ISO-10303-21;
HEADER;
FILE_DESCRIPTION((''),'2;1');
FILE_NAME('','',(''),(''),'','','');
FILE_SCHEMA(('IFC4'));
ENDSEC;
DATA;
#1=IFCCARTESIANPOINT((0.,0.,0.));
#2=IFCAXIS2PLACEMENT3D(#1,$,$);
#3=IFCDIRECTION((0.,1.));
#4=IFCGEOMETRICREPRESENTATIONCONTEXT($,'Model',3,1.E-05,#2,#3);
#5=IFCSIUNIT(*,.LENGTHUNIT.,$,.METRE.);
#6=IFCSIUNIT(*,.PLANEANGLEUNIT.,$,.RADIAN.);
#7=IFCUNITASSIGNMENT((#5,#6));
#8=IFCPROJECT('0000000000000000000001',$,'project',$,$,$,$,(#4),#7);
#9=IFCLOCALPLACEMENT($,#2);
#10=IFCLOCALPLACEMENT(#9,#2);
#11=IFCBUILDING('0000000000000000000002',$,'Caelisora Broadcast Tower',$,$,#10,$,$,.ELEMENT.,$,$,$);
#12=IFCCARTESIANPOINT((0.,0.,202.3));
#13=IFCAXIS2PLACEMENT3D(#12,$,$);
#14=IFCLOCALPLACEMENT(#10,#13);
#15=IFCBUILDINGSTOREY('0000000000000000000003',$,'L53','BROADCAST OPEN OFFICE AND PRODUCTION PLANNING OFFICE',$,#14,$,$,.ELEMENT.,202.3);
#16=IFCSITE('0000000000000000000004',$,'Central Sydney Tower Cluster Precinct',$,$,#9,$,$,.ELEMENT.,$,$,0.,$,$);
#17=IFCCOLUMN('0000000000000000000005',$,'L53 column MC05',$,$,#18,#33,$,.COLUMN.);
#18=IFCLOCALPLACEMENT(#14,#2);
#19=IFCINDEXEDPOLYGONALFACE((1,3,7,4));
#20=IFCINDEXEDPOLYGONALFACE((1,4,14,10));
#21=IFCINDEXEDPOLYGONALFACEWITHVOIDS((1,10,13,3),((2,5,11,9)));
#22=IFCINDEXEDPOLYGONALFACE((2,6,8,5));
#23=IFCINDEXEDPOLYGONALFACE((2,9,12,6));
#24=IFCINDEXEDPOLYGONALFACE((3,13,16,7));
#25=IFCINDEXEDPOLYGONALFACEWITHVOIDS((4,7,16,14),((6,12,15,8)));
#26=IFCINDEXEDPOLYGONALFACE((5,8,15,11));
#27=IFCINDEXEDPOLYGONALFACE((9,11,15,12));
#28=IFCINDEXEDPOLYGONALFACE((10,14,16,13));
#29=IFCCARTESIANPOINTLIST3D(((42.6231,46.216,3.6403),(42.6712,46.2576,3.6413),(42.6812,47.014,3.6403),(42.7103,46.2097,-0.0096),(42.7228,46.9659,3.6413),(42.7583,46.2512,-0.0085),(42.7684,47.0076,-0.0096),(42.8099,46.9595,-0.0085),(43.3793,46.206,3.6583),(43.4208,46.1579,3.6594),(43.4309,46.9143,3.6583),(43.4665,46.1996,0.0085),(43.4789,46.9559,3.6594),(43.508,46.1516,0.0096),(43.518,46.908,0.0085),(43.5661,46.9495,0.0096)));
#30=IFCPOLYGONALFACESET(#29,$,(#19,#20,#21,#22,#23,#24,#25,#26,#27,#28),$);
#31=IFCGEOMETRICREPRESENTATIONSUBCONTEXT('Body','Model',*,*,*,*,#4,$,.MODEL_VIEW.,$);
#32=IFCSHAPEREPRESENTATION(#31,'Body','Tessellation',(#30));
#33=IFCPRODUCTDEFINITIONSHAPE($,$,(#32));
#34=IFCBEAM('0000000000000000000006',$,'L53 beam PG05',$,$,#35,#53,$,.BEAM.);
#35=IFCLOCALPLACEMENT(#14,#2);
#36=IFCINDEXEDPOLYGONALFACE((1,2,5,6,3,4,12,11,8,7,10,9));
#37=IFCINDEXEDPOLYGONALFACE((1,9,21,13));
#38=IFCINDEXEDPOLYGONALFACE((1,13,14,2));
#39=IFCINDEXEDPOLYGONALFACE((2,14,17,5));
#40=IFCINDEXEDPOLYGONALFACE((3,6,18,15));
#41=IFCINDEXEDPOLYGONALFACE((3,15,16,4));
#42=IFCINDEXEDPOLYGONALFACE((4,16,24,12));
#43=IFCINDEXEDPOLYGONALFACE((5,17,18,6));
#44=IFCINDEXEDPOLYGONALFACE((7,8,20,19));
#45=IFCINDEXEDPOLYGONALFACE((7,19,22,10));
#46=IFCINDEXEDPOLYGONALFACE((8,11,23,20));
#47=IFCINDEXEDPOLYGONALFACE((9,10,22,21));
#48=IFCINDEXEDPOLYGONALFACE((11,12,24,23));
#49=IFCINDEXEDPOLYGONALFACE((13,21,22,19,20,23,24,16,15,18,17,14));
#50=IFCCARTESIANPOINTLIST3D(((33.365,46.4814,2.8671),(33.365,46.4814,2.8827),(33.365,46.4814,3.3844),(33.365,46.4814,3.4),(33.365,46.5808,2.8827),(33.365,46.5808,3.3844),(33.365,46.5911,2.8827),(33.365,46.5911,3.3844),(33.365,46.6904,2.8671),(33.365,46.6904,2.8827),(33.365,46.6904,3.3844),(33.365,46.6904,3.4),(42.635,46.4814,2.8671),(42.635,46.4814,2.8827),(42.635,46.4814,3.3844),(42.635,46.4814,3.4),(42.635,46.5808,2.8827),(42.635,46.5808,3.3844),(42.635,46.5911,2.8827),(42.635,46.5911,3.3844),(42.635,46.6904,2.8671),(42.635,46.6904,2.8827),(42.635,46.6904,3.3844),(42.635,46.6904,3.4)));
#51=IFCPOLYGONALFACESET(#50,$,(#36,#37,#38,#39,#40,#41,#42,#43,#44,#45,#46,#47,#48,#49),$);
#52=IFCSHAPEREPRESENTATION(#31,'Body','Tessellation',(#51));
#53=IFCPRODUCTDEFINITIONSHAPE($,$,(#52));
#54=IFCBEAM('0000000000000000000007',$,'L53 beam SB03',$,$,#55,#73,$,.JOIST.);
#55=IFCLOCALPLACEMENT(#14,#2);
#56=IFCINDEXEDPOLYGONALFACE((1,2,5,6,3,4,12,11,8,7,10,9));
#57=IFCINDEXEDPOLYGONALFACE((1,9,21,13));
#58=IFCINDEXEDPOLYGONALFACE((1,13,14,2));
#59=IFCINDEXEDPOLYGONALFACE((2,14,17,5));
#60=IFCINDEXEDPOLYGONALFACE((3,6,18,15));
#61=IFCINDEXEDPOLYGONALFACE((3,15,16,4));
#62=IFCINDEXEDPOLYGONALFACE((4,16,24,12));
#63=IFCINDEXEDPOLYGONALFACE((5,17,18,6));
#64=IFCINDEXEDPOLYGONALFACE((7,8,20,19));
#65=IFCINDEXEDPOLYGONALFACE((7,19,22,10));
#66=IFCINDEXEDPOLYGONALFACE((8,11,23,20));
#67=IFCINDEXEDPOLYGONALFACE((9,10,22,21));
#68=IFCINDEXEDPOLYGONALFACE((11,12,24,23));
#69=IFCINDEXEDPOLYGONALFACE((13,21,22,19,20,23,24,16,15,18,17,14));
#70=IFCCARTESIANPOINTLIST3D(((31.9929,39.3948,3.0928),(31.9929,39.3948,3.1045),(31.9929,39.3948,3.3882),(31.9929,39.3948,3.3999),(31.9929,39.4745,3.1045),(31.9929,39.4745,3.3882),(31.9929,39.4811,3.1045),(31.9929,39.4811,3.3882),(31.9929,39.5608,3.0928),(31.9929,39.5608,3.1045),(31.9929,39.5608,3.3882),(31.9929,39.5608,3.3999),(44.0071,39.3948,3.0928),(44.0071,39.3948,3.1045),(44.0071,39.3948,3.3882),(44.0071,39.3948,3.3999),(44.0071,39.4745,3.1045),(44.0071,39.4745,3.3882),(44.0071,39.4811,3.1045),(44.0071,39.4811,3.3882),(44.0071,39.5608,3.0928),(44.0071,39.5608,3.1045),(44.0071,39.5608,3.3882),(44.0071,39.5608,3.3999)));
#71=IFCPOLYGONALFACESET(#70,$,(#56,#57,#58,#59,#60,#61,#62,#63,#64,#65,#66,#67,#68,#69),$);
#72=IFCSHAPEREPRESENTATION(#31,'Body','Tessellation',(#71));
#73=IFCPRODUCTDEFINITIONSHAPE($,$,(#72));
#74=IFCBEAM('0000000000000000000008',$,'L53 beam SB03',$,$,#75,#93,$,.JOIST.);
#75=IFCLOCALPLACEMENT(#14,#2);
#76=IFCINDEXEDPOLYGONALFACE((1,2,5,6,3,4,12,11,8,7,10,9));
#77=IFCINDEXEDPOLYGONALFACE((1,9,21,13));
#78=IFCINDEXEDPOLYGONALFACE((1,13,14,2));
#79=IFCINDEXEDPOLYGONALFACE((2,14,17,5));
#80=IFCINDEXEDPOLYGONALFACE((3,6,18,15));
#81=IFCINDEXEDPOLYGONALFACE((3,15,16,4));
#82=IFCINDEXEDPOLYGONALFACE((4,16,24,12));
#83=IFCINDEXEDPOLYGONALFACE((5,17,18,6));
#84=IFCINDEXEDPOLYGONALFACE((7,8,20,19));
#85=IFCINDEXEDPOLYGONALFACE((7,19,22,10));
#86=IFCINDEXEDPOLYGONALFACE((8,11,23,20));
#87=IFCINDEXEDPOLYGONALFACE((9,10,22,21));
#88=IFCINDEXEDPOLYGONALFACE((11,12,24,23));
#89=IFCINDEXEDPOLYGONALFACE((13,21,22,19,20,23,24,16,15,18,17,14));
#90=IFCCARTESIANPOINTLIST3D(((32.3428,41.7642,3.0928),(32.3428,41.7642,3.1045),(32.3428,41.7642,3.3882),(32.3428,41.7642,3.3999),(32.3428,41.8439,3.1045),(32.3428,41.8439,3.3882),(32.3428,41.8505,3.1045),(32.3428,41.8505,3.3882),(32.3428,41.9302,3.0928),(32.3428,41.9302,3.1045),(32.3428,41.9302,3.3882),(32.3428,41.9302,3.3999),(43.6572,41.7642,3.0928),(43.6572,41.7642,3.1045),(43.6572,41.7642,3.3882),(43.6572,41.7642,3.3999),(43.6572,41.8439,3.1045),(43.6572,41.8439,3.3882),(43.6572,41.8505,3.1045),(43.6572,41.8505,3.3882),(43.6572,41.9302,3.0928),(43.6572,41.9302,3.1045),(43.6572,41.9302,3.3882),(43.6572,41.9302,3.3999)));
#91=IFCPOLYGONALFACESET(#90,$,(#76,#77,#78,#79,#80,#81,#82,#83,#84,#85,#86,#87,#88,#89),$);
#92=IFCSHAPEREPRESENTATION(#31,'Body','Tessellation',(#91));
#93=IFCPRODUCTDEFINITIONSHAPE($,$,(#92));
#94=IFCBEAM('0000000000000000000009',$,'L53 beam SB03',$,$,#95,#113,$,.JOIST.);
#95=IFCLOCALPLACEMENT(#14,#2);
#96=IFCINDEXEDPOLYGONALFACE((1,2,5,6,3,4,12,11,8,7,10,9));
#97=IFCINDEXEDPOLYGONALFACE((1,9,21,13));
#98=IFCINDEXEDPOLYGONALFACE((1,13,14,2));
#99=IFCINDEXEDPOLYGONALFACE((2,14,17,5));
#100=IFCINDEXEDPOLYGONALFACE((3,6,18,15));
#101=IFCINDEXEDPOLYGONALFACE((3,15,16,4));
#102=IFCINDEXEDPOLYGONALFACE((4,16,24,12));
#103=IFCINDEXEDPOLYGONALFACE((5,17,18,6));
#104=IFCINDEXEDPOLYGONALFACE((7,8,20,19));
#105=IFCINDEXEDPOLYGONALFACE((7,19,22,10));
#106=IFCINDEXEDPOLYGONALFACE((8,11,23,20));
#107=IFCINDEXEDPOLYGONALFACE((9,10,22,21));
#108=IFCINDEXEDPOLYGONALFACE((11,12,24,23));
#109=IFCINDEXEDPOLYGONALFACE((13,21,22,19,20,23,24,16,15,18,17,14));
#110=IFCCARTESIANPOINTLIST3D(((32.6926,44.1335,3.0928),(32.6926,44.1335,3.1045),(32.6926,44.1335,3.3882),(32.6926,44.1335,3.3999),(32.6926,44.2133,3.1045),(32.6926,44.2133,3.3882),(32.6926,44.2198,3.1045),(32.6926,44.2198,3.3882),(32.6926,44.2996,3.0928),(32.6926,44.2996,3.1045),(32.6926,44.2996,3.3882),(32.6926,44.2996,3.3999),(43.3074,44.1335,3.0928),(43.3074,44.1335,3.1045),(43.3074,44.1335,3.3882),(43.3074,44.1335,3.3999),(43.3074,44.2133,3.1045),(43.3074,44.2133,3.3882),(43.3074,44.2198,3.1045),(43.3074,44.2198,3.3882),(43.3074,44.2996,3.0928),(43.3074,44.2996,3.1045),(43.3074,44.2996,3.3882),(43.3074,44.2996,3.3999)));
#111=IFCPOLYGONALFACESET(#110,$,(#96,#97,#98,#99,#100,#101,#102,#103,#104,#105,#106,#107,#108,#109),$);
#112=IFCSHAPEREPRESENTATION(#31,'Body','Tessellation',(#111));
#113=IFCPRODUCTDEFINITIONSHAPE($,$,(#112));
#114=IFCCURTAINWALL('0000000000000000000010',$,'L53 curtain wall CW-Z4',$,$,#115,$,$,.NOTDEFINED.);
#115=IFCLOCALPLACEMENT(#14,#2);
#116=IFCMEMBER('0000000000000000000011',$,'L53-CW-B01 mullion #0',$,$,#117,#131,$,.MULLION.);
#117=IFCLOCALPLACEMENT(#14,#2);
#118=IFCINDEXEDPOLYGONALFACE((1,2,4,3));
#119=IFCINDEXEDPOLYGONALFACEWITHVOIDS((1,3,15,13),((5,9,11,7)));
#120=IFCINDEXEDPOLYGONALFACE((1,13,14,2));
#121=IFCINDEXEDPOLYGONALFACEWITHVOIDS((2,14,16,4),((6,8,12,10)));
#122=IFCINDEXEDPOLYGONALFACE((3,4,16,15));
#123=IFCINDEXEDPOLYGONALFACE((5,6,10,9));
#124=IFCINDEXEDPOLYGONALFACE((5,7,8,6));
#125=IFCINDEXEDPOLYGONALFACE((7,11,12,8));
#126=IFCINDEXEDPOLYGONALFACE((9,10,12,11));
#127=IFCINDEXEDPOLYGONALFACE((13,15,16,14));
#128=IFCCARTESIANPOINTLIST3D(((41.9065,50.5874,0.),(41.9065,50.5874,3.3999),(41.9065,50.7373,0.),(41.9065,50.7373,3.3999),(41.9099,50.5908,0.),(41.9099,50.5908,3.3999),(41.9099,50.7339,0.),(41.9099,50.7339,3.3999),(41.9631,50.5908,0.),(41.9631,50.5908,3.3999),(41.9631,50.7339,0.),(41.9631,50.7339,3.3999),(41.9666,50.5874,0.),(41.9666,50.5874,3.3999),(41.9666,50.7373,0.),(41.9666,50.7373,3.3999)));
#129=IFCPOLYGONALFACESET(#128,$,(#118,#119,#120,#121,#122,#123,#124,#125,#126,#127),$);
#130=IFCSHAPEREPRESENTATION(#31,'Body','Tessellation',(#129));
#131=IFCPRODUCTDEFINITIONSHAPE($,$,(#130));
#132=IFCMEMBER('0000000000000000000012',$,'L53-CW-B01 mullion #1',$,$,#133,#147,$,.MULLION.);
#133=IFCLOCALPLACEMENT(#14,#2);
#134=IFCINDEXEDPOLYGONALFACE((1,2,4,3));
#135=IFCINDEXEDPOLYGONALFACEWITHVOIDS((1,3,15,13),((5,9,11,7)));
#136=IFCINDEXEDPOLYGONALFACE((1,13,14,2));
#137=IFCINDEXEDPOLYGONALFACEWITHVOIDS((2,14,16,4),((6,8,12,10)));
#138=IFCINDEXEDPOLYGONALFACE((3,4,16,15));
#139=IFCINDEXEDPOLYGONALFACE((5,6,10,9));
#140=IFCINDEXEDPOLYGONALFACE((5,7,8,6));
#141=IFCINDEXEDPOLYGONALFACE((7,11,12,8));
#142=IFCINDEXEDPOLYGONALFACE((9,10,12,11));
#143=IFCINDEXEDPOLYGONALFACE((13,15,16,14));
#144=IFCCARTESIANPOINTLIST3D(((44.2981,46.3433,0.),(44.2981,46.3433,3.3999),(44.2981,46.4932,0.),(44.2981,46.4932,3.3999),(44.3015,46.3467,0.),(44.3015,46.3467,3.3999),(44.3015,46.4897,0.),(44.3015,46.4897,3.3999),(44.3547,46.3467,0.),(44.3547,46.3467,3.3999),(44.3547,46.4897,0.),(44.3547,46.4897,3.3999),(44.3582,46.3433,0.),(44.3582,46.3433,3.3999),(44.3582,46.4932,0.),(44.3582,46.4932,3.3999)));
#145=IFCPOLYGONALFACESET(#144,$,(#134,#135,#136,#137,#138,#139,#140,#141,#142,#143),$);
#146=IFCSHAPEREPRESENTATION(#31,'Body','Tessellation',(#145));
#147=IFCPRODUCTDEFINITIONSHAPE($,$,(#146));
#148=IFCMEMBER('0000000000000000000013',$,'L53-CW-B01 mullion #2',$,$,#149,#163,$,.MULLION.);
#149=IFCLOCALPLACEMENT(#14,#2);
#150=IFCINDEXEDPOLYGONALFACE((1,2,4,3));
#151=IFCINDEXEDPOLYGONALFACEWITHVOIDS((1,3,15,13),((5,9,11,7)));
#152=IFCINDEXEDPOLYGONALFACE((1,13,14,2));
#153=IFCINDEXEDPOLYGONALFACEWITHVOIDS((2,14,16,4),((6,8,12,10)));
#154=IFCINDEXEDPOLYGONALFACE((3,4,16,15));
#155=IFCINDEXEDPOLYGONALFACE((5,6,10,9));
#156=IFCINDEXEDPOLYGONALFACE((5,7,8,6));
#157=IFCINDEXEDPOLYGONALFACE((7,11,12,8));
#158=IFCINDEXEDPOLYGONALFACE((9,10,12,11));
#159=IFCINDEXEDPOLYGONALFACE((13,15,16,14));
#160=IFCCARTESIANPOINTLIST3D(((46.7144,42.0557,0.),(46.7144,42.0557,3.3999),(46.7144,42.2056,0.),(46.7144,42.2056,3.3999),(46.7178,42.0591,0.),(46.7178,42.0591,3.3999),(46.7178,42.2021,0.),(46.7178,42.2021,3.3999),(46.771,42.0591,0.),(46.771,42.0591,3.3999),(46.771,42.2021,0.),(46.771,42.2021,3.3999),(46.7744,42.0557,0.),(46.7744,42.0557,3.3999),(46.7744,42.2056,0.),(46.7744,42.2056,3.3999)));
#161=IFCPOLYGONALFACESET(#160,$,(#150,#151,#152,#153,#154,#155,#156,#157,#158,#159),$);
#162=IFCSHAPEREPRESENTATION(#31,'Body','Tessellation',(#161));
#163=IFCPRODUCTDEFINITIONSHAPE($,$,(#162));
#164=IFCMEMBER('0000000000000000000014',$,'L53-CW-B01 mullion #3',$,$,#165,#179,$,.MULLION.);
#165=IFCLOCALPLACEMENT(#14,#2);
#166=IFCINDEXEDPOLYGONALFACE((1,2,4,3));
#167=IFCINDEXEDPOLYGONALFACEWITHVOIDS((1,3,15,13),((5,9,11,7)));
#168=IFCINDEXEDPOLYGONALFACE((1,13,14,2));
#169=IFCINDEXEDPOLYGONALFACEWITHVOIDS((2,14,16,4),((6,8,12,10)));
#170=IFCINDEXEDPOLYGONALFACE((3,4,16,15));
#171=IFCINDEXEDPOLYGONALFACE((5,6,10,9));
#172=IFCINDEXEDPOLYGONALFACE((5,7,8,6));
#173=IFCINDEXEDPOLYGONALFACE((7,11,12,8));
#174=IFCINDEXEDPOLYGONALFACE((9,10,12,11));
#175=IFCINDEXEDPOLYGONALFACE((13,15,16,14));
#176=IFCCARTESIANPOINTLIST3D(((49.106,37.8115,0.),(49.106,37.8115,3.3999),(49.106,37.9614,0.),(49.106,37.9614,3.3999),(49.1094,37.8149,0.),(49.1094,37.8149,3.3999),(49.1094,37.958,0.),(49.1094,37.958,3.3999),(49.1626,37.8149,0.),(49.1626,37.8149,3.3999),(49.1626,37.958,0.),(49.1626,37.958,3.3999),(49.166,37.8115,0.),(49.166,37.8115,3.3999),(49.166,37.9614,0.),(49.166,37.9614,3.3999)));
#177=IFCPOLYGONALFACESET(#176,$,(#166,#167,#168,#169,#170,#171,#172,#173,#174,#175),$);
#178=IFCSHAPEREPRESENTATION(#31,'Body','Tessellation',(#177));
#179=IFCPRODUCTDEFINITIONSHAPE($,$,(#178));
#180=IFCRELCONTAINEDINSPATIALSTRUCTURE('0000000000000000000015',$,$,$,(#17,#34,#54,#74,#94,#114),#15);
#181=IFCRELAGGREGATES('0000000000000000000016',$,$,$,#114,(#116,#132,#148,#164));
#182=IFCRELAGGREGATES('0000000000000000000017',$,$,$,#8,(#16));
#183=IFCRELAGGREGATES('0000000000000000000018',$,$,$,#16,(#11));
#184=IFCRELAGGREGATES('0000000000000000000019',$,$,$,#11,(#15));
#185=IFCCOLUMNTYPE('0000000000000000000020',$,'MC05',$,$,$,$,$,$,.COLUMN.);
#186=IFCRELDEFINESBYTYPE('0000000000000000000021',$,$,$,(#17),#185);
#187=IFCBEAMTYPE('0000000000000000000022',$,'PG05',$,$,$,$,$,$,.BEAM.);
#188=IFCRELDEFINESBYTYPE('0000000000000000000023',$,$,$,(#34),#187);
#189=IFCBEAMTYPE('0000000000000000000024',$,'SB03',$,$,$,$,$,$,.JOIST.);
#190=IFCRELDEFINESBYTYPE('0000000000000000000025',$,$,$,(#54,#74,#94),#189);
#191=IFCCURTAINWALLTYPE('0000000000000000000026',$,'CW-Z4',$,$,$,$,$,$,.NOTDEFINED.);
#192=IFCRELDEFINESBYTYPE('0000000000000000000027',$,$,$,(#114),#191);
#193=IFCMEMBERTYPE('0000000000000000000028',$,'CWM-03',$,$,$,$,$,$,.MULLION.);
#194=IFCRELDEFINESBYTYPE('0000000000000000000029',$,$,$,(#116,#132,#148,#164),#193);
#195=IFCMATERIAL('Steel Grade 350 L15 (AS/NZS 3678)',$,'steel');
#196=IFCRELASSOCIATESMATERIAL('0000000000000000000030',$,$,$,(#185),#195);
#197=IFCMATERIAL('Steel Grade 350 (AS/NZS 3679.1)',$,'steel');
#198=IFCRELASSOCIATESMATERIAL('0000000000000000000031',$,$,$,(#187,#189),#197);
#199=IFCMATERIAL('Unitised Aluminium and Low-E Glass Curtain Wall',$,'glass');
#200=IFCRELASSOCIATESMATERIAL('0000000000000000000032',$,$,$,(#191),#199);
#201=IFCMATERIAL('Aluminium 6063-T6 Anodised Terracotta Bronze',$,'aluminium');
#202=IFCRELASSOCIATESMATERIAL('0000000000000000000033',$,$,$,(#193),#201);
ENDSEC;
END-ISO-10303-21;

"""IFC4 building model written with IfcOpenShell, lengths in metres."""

from ifc_helpers import new_model, si_unit, direction, frame, origin, origin_2d, place, context, subcontext, project, spatial, hollow_rectangle, i_section, extrude, source, transform, mapped, material, material_profile, profile_set, type_object, type_shapes, element, aggregate, save


model = new_model("IFC4")

# Units and contexts
model_context = context("Model", 3, precision=1e-05, world=origin(), true_north=direction((0.0, 1.0)))
body_context = subcontext(model_context, "Body", "Model", "MODEL_VIEW")
ifc_project = project(units=[si_unit("LENGTHUNIT", "METRE"), si_unit("PLANEANGLEUNIT", "RADIAN")], contexts=[model_context])

# Site, building, storey
site_placement = place(None, origin())
site = spatial("IfcSite", under=ifc_project, at=site_placement, Name="Central Sydney Tower Cluster Precinct", CompositionType="ELEMENT", RefElevation=0.0)
building_placement = place(site_placement, origin())
building = spatial("IfcBuilding", under=site, at=building_placement, Name="Caelisora Broadcast Tower", CompositionType="ELEMENT")
storey_placement = place(building_placement, frame((0.0, 0.0, 202.3)))
storey = spatial("IfcBuildingStorey", under=building, at=storey_placement, Name="L53", Description="BROADCAST OPEN OFFICE AND PRODUCTION PLANNING OFFICE", CompositionType="ELEMENT", Elevation=202.3)

# Column
ifc_material_1 = material(Name="Steel Grade 350 L15 (AS/NZS 3678)", Category="steel")
ifc_material_profile_1 = material_profile(ifc_material_1, hollow_rectangle(XDim=0.8, YDim=0.8, WallThickness=0.0449, at=origin_2d()), Name="Steel Grade 350 L15 (AS/NZS 3678)")
ifc_profile_set_1 = profile_set([ifc_material_profile_1], Name="Steel Grade 350 L15 (AS/NZS 3678)")
column_type = type_object("IfcColumnType", Name="MC05", PredefinedType="COLUMN", material=ifc_profile_set_1)
shared_shape_1 = source(origin(), body_context, "Body", "SweptSolid", [
    extrude(hollow_rectangle(XDim=0.8, YDim=0.8, WallThickness=0.0449, at=origin_2d()), origin(), (0.0, 0.0, 1.0), 3.6509),
])
type_shapes(column_type, [shared_shape_1])
column_placement = place(storey_placement, frame((43.1382, 46.5796, 0.0), z_axis=(-0.023873, 0.001739, 0.999713), x_axis=(-0.072637, -0.997358, 0.0)))
element("IfcColumn", 1, at=column_placement, inside=storey, type_object=column_type, Name="L53 column MC05", PredefinedType="COLUMN", context=body_context, shape_type="MappedRepresentation", body=[
    mapped(shared_shape_1, transform((0.0, 0.0, 0.0), scale=1.0)),
])

# Beams
ifc_material_2 = material(Name="Steel Grade 350 (AS/NZS 3679.1)", Category="steel")
ifc_material_profile_2 = material_profile(ifc_material_2, i_section(OverallWidth=0.209, OverallDepth=0.533, WebThickness=0.0103, FlangeThickness=0.0156, at=origin_2d()), Name="Steel Grade 350 (AS/NZS 3679.1)")
ifc_profile_set_2 = profile_set([ifc_material_profile_2], Name="Steel Grade 350 (AS/NZS 3679.1)")
beam_type_1 = type_object("IfcBeamType", Name="PG05", PredefinedType="BEAM", material=ifc_profile_set_2)
shared_shape_2 = source(origin(), body_context, "Body", "SweptSolid", [
    extrude(i_section(OverallWidth=0.209, OverallDepth=0.533, WebThickness=0.0103, FlangeThickness=0.0156, at=origin_2d()), origin(), (0.0, 0.0, 1.0), 9.27),
])
type_shapes(beam_type_1, [shared_shape_2])
beam_1_placement = place(storey_placement, frame((42.635, 46.5859, 3.1335), z_axis=(-1.0, 0.0, 0.0), x_axis=(0.0, -1.0, 0.0)))
element("IfcBeam", 2, at=beam_1_placement, inside=storey, type_object=beam_type_1, Name="L53 beam PG05", PredefinedType="BEAM", context=body_context, shape_type="MappedRepresentation", body=[
    mapped(shared_shape_2, transform((0.0, 0.0, 0.0), scale=1.0)),
])
ifc_material_profile_3 = material_profile(ifc_material_2, i_section(OverallWidth=0.166, OverallDepth=0.3071, WebThickness=0.0066, FlangeThickness=0.0117, at=origin_2d()), Name="Steel Grade 350 (AS/NZS 3679.1)")
ifc_profile_set_3 = profile_set([ifc_material_profile_3], Name="Steel Grade 350 (AS/NZS 3679.1)")
beam_type_2 = type_object("IfcBeamType", Name="SB03", PredefinedType="JOIST", material=ifc_profile_set_3)
shared_shape_3 = source(origin(), body_context, "Body", "SweptSolid", [
    extrude(i_section(OverallWidth=0.166, OverallDepth=0.3071, WebThickness=0.0066, FlangeThickness=0.0117, at=origin_2d()), origin(), (0.0, 0.0, 1.0), 12.0142),
])
beam_2_placement = place(storey_placement, frame((44.0071, 39.4778, 3.2463), z_axis=(-1.0, 0.0, 0.0), x_axis=(0.0, -1.0, 0.0)))
element("IfcBeam", 3, at=beam_2_placement, inside=storey, type_object=beam_type_2, Name="L53 beam SB03", PredefinedType="JOIST", context=body_context, shape_type="MappedRepresentation", body=[
    mapped(shared_shape_3, transform((0.0, 0.0, 0.0), scale=1.0)),
])
shared_shape_4 = source(origin(), body_context, "Body", "SweptSolid", [
    extrude(i_section(OverallWidth=0.166, OverallDepth=0.3071, WebThickness=0.0066, FlangeThickness=0.0117, at=origin_2d()), origin(), (0.0, 0.0, 1.0), 11.3145),
])
beam_3_placement = place(storey_placement, frame((43.6572, 41.8472, 3.2463), z_axis=(-1.0, 0.0, 0.0), x_axis=(0.0, -1.0, 0.0)))
element("IfcBeam", 4, at=beam_3_placement, inside=storey, type_object=beam_type_2, Name="L53 beam SB03", PredefinedType="JOIST", context=body_context, shape_type="MappedRepresentation", body=[
    mapped(shared_shape_4, transform((0.0, 0.0, 0.0), scale=1.0)),
])
shared_shape_5 = source(origin(), body_context, "Body", "SweptSolid", [
    extrude(i_section(OverallWidth=0.166, OverallDepth=0.3071, WebThickness=0.0066, FlangeThickness=0.0117, at=origin_2d()), origin(), (0.0, 0.0, 1.0), 10.6147),
])
type_shapes(beam_type_2, [shared_shape_3, shared_shape_4, shared_shape_5])
beam_4_placement = place(storey_placement, frame((43.3074, 44.2166, 3.2463), z_axis=(-1.0, 0.0, 0.0), x_axis=(0.0, -1.0, 0.0)))
element("IfcBeam", 5, at=beam_4_placement, inside=storey, type_object=beam_type_2, Name="L53 beam SB03", PredefinedType="JOIST", context=body_context, shape_type="MappedRepresentation", body=[
    mapped(shared_shape_5, transform((0.0, 0.0, 0.0), scale=1.0)),
])

# Curtain wall, members
ifc_material_3 = material(Name="Unitised Aluminium and Low-E Glass Curtain Wall", Category="glass")
curtain_wall_type_1 = type_object("IfcCurtainWallType", Name="CW-Z4", PredefinedType="NOTDEFINED", material=ifc_material_3)
curtain_wall_1_placement = place(storey_placement, origin())
curtain_wall_1 = element("IfcCurtainWall", 6, at=curtain_wall_1_placement, inside=storey, type_object=curtain_wall_type_1, Name="L53 curtain wall CW-Z4", PredefinedType="NOTDEFINED")
ifc_material_4 = material(Name="Aluminium 6063-T6 Anodised Terracotta Bronze", Category="aluminium")
ifc_material_profile_4 = material_profile(ifc_material_4, hollow_rectangle(XDim=0.0601, YDim=0.1499, WallThickness=0.0034, at=origin_2d()), Name="Aluminium 6063-T6 Anodised Terracotta Bronze")
ifc_profile_set_4 = profile_set([ifc_material_profile_4], Name="Aluminium 6063-T6 Anodised Terracotta Bronze")
member_type_1 = type_object("IfcMemberType", Name="CWM-03", PredefinedType="MULLION", material=ifc_profile_set_4)
shared_shape_6 = source(origin(), body_context, "Body", "SweptSolid", [
    extrude(hollow_rectangle(XDim=0.0601, YDim=0.1499, WallThickness=0.0034, at=origin_2d()), origin(), (0.0, 0.0, 1.0), 3.3999),
])
type_shapes(member_type_1, [shared_shape_6])
member_1_placement = place(storey_placement, frame((41.9365, 50.6624, 0.0), z_axis=(0.0, 0.0, 1.0), x_axis=(1.0, 0.0, 0.0)))
member_1 = element("IfcMember", 7, at=member_1_placement, type_object=member_type_1, Name="L53-CW-B01 mullion #0", PredefinedType="MULLION", context=body_context, shape_type="MappedRepresentation", body=[
    mapped(shared_shape_6, transform((0.0, 0.0, 0.0), scale=1.0)),
])
member_2_placement = place(storey_placement, frame((44.3281, 46.4182, 0.0), z_axis=(0.0, 0.0, 1.0), x_axis=(1.0, 0.0, 0.0)))
member_2 = element("IfcMember", 8, at=member_2_placement, type_object=member_type_1, Name="L53-CW-B01 mullion #1", PredefinedType="MULLION", context=body_context, shape_type="MappedRepresentation", body=[
    mapped(shared_shape_6, transform((0.0, 0.0, 0.0), scale=1.0)),
])
member_3_placement = place(storey_placement, frame((46.7444, 42.1306, 0.0), z_axis=(0.0, 0.0, 1.0), x_axis=(1.0, 0.0, 0.0)))
member_3 = element("IfcMember", 9, at=member_3_placement, type_object=member_type_1, Name="L53-CW-B01 mullion #2", PredefinedType="MULLION", context=body_context, shape_type="MappedRepresentation", body=[
    mapped(shared_shape_6, transform((0.0, 0.0, 0.0), scale=1.0)),
])
member_4_placement = place(storey_placement, frame((49.136, 37.8865, 0.0), z_axis=(0.0, 0.0, 1.0), x_axis=(1.0, 0.0, 0.0)))
member_4 = element("IfcMember", 10, at=member_4_placement, type_object=member_type_1, Name="L53-CW-B01 mullion #3", PredefinedType="MULLION", context=body_context, shape_type="MappedRepresentation", body=[
    mapped(shared_shape_6, transform((0.0, 0.0, 0.0), scale=1.0)),
])

aggregate(curtain_wall_1, [member_1, member_2, member_3, member_4])

save(model, "model.ifc")
